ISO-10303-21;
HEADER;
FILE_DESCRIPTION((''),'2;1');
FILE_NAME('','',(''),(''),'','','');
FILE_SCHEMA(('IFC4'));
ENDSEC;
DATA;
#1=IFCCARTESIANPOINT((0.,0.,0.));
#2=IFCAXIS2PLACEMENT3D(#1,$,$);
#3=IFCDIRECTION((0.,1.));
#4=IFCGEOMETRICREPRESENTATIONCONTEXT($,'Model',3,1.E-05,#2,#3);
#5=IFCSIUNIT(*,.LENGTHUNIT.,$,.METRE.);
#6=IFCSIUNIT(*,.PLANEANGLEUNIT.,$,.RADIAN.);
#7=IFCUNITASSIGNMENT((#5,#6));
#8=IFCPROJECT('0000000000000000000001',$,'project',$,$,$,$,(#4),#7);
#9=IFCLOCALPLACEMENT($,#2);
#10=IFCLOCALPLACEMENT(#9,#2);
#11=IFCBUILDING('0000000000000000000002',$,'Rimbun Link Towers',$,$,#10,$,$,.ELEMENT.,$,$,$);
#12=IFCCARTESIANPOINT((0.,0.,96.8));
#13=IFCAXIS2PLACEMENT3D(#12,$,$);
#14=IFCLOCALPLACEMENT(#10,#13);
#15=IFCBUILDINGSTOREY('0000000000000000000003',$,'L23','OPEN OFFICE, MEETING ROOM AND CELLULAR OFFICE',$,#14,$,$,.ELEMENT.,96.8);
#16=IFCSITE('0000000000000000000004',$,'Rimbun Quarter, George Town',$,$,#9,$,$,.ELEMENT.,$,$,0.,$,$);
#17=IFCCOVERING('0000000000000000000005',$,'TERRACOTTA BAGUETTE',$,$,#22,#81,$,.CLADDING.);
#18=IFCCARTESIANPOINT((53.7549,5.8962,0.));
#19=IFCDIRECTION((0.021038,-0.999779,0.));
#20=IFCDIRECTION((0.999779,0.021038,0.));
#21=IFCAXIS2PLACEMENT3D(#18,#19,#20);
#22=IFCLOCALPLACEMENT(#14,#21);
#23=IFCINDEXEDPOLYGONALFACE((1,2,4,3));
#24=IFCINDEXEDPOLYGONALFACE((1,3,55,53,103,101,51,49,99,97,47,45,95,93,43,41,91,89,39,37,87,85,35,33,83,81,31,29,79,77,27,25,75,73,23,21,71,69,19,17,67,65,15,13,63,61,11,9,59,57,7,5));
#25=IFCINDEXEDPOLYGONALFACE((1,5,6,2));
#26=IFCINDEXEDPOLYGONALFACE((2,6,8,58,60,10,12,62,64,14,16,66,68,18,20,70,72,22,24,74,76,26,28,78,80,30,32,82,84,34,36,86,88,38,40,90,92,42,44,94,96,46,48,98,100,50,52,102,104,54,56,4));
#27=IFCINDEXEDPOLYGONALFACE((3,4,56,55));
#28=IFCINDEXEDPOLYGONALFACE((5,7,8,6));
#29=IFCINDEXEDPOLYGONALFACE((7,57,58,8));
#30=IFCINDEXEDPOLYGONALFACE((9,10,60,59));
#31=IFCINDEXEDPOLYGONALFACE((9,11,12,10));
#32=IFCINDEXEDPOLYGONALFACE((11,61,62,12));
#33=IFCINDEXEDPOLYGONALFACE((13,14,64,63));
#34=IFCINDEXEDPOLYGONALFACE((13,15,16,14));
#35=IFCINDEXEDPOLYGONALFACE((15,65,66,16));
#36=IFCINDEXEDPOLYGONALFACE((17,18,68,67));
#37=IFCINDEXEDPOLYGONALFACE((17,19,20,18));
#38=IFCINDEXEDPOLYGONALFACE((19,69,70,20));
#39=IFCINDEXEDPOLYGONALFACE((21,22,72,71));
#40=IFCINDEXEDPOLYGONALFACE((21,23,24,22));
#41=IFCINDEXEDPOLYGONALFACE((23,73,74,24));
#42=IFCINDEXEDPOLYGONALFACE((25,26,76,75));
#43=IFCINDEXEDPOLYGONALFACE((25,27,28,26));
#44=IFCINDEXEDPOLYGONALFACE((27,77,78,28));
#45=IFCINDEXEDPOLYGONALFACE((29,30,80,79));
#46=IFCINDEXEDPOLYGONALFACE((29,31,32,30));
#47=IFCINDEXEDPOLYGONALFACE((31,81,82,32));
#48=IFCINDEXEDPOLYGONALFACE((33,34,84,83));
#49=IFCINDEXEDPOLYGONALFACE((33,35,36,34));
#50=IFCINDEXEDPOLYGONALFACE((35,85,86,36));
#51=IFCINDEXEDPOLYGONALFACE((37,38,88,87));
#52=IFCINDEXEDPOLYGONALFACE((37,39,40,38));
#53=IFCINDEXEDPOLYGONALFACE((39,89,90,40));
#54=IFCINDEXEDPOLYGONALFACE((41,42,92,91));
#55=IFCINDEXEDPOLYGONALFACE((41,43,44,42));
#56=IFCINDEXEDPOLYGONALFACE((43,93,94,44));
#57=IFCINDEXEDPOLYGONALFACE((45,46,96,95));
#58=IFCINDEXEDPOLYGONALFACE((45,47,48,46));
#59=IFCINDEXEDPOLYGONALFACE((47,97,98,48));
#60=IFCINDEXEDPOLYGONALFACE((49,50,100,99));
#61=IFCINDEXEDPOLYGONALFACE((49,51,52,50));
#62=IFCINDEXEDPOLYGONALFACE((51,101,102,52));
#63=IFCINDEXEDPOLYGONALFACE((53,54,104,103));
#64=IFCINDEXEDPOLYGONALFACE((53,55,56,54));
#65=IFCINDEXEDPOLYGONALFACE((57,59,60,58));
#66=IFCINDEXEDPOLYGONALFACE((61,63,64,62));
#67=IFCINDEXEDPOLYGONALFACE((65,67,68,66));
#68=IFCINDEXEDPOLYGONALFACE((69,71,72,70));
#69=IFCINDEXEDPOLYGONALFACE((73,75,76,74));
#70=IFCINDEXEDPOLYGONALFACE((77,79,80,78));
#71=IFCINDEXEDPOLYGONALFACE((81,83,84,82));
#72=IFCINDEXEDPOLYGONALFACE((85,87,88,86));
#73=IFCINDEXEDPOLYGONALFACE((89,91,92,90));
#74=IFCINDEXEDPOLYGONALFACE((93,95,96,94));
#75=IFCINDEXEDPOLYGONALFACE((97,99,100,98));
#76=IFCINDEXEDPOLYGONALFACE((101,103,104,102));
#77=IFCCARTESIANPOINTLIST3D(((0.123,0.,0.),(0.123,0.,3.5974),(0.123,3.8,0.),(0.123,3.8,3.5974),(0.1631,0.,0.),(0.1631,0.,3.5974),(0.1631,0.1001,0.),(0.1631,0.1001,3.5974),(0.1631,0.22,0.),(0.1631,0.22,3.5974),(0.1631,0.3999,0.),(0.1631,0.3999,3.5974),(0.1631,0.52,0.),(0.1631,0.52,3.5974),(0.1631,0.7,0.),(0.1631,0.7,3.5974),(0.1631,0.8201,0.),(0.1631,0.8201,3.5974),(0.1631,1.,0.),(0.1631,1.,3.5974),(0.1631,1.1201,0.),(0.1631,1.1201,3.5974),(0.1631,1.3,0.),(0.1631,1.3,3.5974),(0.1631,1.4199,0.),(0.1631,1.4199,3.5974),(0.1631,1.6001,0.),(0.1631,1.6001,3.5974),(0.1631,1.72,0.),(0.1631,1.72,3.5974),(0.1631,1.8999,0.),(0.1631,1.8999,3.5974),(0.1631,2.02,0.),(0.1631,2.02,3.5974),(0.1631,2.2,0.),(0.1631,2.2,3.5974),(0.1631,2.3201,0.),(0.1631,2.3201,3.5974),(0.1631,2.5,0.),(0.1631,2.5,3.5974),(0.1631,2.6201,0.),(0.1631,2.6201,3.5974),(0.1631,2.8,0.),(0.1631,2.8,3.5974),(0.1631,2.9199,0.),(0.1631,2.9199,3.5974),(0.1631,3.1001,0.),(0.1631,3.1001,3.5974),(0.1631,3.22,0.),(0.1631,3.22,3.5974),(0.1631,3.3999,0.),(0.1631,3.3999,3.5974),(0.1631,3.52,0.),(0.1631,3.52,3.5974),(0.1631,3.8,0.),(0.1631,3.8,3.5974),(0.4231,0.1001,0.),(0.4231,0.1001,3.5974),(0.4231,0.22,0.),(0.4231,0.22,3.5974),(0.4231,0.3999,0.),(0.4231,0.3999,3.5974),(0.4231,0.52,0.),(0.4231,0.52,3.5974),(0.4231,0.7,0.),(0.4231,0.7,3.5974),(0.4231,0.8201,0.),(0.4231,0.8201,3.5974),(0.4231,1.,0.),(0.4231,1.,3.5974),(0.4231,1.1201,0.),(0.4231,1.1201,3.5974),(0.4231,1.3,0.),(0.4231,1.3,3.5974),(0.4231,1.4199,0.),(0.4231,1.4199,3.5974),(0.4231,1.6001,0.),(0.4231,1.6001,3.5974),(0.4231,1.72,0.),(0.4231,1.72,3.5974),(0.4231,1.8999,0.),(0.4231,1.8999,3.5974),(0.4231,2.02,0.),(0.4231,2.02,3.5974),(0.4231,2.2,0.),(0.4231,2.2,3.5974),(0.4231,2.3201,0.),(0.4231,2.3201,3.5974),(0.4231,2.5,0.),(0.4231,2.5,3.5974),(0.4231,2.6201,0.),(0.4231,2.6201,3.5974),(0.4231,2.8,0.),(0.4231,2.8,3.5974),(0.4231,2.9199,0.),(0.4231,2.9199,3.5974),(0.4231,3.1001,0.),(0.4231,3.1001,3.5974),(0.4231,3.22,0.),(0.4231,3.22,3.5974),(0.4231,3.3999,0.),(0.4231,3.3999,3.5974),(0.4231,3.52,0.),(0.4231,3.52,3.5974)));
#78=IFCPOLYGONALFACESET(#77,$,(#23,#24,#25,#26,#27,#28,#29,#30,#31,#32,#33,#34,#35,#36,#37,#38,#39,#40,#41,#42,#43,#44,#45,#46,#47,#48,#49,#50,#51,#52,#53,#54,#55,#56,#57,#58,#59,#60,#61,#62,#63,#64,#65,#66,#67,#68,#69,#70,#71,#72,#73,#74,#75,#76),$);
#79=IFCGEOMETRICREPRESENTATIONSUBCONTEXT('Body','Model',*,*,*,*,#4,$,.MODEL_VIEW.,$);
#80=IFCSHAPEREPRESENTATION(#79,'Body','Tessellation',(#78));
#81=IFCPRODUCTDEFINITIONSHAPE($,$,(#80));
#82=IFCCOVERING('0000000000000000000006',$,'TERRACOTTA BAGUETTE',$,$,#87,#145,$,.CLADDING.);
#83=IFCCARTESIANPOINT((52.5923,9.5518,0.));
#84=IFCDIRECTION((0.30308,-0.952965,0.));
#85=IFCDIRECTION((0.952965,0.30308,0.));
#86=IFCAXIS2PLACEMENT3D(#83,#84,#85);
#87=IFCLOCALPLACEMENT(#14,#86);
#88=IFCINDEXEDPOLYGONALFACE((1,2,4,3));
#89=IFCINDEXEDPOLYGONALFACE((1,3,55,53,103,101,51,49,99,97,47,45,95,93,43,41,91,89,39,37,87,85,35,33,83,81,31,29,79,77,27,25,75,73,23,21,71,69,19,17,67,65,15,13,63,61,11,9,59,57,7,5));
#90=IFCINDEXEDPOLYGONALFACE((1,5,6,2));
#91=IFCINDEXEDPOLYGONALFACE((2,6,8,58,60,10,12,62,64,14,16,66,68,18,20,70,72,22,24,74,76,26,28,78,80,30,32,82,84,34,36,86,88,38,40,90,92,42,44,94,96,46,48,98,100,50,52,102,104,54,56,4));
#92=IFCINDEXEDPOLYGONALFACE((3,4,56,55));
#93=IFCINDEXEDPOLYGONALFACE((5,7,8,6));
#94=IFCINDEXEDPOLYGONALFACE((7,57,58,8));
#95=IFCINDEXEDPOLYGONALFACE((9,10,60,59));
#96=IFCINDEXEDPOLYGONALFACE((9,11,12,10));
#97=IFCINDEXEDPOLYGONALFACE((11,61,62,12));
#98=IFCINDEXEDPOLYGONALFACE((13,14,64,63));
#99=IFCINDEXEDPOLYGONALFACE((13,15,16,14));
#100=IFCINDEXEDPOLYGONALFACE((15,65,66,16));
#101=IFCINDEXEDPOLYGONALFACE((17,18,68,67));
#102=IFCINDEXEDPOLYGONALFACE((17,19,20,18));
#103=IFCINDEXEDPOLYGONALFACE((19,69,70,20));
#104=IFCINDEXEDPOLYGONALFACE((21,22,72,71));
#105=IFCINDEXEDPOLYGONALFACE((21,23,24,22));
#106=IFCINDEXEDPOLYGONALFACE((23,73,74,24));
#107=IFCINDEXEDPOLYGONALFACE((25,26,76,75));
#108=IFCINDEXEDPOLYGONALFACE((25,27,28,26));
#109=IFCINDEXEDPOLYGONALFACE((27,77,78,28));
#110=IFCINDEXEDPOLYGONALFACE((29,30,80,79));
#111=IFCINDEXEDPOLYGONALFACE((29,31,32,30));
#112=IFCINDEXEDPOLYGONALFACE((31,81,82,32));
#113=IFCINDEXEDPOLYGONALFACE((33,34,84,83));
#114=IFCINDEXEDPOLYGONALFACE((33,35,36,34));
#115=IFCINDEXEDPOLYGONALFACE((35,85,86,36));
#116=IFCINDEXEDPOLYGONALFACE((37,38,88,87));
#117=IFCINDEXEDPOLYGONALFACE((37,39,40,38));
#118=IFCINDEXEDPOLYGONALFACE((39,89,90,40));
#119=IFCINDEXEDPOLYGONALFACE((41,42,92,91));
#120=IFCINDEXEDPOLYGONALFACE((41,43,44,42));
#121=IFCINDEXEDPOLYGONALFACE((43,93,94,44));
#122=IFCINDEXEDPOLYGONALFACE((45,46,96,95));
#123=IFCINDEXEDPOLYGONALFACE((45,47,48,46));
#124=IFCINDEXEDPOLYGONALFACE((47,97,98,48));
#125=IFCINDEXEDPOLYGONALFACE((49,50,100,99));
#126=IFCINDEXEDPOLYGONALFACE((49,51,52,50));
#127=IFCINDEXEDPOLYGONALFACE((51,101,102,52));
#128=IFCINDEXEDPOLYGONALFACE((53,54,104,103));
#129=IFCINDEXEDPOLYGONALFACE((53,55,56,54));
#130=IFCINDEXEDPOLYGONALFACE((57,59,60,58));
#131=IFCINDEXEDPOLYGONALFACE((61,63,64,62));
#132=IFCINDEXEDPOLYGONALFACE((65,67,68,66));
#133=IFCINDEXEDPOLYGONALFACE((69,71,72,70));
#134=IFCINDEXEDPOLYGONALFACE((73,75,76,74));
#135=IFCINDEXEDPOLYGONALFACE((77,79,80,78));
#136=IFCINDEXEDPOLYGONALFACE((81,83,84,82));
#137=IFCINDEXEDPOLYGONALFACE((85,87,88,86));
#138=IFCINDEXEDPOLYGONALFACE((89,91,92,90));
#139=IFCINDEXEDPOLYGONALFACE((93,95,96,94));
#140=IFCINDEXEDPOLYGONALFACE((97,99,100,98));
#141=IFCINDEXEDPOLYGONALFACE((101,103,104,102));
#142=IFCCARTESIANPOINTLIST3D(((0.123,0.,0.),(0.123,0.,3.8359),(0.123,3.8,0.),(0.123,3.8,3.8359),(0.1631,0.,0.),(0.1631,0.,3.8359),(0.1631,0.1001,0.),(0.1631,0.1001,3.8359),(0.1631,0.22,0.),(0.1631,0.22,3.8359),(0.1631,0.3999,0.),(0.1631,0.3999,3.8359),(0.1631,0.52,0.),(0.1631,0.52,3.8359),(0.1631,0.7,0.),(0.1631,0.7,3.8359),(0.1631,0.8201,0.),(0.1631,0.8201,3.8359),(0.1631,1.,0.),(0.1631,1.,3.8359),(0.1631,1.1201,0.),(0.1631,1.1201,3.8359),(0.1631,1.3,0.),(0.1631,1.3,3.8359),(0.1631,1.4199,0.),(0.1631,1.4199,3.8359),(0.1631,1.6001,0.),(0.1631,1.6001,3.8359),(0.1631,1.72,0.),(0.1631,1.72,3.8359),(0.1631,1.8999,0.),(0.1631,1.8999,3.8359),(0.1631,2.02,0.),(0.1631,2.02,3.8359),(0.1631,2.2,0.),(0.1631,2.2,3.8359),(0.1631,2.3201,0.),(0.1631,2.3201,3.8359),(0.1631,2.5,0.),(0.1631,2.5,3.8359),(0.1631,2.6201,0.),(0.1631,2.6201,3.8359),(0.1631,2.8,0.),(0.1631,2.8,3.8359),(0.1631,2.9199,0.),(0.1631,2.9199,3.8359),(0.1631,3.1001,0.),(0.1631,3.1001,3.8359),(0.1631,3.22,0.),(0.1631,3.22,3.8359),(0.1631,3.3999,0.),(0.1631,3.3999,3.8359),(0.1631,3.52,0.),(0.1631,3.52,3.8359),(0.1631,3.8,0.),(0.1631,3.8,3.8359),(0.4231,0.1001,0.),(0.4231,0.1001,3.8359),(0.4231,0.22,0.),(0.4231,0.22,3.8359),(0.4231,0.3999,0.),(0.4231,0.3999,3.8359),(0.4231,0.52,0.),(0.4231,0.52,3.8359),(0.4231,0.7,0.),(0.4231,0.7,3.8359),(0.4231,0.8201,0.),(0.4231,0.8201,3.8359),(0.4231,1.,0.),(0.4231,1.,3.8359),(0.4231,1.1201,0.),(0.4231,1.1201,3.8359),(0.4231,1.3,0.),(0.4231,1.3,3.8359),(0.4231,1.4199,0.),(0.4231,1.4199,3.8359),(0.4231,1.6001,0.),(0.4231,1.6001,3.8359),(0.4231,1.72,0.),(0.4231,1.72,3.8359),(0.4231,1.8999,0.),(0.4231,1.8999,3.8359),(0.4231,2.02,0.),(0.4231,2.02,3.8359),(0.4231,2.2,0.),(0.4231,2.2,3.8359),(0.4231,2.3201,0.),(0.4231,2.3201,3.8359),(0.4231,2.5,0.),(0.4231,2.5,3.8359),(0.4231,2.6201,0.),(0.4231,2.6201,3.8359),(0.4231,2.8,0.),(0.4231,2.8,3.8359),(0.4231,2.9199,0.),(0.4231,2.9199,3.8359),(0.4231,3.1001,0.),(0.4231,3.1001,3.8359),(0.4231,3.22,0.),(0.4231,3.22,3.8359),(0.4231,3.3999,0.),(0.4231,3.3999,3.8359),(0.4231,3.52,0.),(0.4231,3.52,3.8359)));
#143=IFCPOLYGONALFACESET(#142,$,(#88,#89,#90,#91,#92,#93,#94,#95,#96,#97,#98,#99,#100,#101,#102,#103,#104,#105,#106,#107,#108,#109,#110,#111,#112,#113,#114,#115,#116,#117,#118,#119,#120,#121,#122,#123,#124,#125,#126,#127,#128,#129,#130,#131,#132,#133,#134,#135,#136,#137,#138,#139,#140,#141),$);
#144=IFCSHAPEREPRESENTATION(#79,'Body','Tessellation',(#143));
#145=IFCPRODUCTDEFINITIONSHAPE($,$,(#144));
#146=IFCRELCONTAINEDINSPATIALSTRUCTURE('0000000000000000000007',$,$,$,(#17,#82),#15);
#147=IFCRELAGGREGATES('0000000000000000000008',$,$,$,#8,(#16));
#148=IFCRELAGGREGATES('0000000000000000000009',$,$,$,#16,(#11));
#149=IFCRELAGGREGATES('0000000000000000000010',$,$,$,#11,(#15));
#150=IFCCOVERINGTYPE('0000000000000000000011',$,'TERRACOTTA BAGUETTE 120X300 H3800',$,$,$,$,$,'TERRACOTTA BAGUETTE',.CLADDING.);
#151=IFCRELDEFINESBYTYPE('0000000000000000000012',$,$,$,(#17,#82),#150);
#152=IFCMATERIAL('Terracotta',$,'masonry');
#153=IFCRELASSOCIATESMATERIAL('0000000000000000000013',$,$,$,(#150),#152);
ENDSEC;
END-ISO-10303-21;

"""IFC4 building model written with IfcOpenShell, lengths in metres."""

from ifc_helpers import new_model, si_unit, direction, frame, origin, place, context, subcontext, project, spatial, polyline, outline, extrude, material, material_profile, profile_set, type_object, element, save


model = new_model("IFC4")

# Units and contexts
model_context = context("Model", 3, precision=1e-05, world=origin(), true_north=direction((0.0, 1.0)))
body_context = subcontext(model_context, "Body", "Model", "MODEL_VIEW")
ifc_project = project(units=[si_unit("LENGTHUNIT", "METRE"), si_unit("PLANEANGLEUNIT", "RADIAN")], contexts=[model_context])

# Site, building, storey
site_placement = place(None, origin())
site = spatial("IfcSite", under=ifc_project, at=site_placement, Name="Rimbun Quarter, George Town", CompositionType="ELEMENT", RefElevation=0.0)
building_placement = place(site_placement, origin())
building = spatial("IfcBuilding", under=site, at=building_placement, Name="Rimbun Link Towers", CompositionType="ELEMENT")
storey_placement = place(building_placement, frame((0.0, 0.0, 96.8)))
storey = spatial("IfcBuildingStorey", under=building, at=storey_placement, Name="L23", Description="OPEN OFFICE, MEETING ROOM AND CELLULAR OFFICE", CompositionType="ELEMENT", Elevation=96.8)

# Coverings
ifc_material_1 = material(Name="Terracotta", Category="masonry")
ifc_material_profile_1 = material_profile(ifc_material_1, outline(polyline([(0.123, 0.0), (0.1631, 0.0), (0.1631, 0.1001), (0.4231, 0.1001), (0.4231, 0.22), (0.1631, 0.22), (0.1631, 0.3999), (0.4231, 0.3999), (0.4231, 0.52), (0.1631, 0.52), (0.1631, 0.7), (0.4231, 0.7), (0.4231, 0.8201), (0.1631, 0.8201), (0.1631, 1.0), (0.4231, 1.0), (0.4231, 1.1201), (0.1631, 1.1201), (0.1631, 1.3), (0.4231, 1.3), (0.4231, 1.4199), (0.1631, 1.4199), (0.1631, 1.6001), (0.4231, 1.6001), (0.4231, 1.72), (0.1631, 1.72), (0.1631, 1.8999), (0.4231, 1.8999), (0.4231, 2.02), (0.1631, 2.02), (0.1631, 2.2), (0.4231, 2.2), (0.4231, 2.3201), (0.1631, 2.3201), (0.1631, 2.5), (0.4231, 2.5), (0.4231, 2.6201), (0.1631, 2.6201), (0.1631, 2.8), (0.4231, 2.8), (0.4231, 2.9199), (0.1631, 2.9199), (0.1631, 3.1001), (0.4231, 3.1001), (0.4231, 3.22), (0.1631, 3.22), (0.1631, 3.3999), (0.4231, 3.3999), (0.4231, 3.52), (0.1631, 3.52), (0.1631, 3.8), (0.123, 3.8), (0.123, 0.0)])), Name="BAGUETTE 120X300")
ifc_profile_set_1 = profile_set([ifc_material_profile_1], Name="Terracotta")
covering_type = type_object("IfcCoveringType", Name="TERRACOTTA BAGUETTE 120X300 H3800", ElementType="TERRACOTTA BAGUETTE", PredefinedType="CLADDING", material=ifc_profile_set_1)
covering_1_placement = place(storey_placement, frame((53.7549, 5.8962, 0.0), z_axis=(0.021038, -0.999779, 0.0), x_axis=(0.999779, 0.021038, 0.0)))
element("IfcCovering", 1, at=covering_1_placement, inside=storey, type_object=covering_type, Name="TERRACOTTA BAGUETTE", PredefinedType="CLADDING", context=body_context, shape_type="SweptSolid", body=[
    extrude(outline(polyline([(0.123, 0.0), (0.1631, 0.0), (0.1631, 0.1001), (0.4231, 0.1001), (0.4231, 0.22), (0.1631, 0.22), (0.1631, 0.3999), (0.4231, 0.3999), (0.4231, 0.52), (0.1631, 0.52), (0.1631, 0.7), (0.4231, 0.7), (0.4231, 0.8201), (0.1631, 0.8201), (0.1631, 1.0), (0.4231, 1.0), (0.4231, 1.1201), (0.1631, 1.1201), (0.1631, 1.3), (0.4231, 1.3), (0.4231, 1.4199), (0.1631, 1.4199), (0.1631, 1.6001), (0.4231, 1.6001), (0.4231, 1.72), (0.1631, 1.72), (0.1631, 1.8999), (0.4231, 1.8999), (0.4231, 2.02), (0.1631, 2.02), (0.1631, 2.2), (0.4231, 2.2), (0.4231, 2.3201), (0.1631, 2.3201), (0.1631, 2.5), (0.4231, 2.5), (0.4231, 2.6201), (0.1631, 2.6201), (0.1631, 2.8), (0.4231, 2.8), (0.4231, 2.9199), (0.1631, 2.9199), (0.1631, 3.1001), (0.4231, 3.1001), (0.4231, 3.22), (0.1631, 3.22), (0.1631, 3.3999), (0.4231, 3.3999), (0.4231, 3.52), (0.1631, 3.52), (0.1631, 3.8), (0.123, 3.8), (0.123, 0.0)])), origin(), (0.0, 0.0, 1.0), 3.5974),
])
covering_2_placement = place(storey_placement, frame((52.5923, 9.5518, 0.0), z_axis=(0.30308, -0.952965, 0.0), x_axis=(0.952965, 0.30308, 0.0)))
element("IfcCovering", 2, at=covering_2_placement, inside=storey, type_object=covering_type, Name="TERRACOTTA BAGUETTE", PredefinedType="CLADDING", context=body_context, shape_type="SweptSolid", body=[
    extrude(outline(polyline([(0.123, 0.0), (0.1631, 0.0), (0.1631, 0.1001), (0.4231, 0.1001), (0.4231, 0.22), (0.1631, 0.22), (0.1631, 0.3999), (0.4231, 0.3999), (0.4231, 0.52), (0.1631, 0.52), (0.1631, 0.7), (0.4231, 0.7), (0.4231, 0.8201), (0.1631, 0.8201), (0.1631, 1.0), (0.4231, 1.0), (0.4231, 1.1201), (0.1631, 1.1201), (0.1631, 1.3), (0.4231, 1.3), (0.4231, 1.4199), (0.1631, 1.4199), (0.1631, 1.6001), (0.4231, 1.6001), (0.4231, 1.72), (0.1631, 1.72), (0.1631, 1.8999), (0.4231, 1.8999), (0.4231, 2.02), (0.1631, 2.02), (0.1631, 2.2), (0.4231, 2.2), (0.4231, 2.3201), (0.1631, 2.3201), (0.1631, 2.5), (0.4231, 2.5), (0.4231, 2.6201), (0.1631, 2.6201), (0.1631, 2.8), (0.4231, 2.8), (0.4231, 2.9199), (0.1631, 2.9199), (0.1631, 3.1001), (0.4231, 3.1001), (0.4231, 3.22), (0.1631, 3.22), (0.1631, 3.3999), (0.4231, 3.3999), (0.4231, 3.52), (0.1631, 3.52), (0.1631, 3.8), (0.123, 3.8), (0.123, 0.0)])), origin(), (0.0, 0.0, 1.0), 3.8359),
])

save(model, "model.ifc")
